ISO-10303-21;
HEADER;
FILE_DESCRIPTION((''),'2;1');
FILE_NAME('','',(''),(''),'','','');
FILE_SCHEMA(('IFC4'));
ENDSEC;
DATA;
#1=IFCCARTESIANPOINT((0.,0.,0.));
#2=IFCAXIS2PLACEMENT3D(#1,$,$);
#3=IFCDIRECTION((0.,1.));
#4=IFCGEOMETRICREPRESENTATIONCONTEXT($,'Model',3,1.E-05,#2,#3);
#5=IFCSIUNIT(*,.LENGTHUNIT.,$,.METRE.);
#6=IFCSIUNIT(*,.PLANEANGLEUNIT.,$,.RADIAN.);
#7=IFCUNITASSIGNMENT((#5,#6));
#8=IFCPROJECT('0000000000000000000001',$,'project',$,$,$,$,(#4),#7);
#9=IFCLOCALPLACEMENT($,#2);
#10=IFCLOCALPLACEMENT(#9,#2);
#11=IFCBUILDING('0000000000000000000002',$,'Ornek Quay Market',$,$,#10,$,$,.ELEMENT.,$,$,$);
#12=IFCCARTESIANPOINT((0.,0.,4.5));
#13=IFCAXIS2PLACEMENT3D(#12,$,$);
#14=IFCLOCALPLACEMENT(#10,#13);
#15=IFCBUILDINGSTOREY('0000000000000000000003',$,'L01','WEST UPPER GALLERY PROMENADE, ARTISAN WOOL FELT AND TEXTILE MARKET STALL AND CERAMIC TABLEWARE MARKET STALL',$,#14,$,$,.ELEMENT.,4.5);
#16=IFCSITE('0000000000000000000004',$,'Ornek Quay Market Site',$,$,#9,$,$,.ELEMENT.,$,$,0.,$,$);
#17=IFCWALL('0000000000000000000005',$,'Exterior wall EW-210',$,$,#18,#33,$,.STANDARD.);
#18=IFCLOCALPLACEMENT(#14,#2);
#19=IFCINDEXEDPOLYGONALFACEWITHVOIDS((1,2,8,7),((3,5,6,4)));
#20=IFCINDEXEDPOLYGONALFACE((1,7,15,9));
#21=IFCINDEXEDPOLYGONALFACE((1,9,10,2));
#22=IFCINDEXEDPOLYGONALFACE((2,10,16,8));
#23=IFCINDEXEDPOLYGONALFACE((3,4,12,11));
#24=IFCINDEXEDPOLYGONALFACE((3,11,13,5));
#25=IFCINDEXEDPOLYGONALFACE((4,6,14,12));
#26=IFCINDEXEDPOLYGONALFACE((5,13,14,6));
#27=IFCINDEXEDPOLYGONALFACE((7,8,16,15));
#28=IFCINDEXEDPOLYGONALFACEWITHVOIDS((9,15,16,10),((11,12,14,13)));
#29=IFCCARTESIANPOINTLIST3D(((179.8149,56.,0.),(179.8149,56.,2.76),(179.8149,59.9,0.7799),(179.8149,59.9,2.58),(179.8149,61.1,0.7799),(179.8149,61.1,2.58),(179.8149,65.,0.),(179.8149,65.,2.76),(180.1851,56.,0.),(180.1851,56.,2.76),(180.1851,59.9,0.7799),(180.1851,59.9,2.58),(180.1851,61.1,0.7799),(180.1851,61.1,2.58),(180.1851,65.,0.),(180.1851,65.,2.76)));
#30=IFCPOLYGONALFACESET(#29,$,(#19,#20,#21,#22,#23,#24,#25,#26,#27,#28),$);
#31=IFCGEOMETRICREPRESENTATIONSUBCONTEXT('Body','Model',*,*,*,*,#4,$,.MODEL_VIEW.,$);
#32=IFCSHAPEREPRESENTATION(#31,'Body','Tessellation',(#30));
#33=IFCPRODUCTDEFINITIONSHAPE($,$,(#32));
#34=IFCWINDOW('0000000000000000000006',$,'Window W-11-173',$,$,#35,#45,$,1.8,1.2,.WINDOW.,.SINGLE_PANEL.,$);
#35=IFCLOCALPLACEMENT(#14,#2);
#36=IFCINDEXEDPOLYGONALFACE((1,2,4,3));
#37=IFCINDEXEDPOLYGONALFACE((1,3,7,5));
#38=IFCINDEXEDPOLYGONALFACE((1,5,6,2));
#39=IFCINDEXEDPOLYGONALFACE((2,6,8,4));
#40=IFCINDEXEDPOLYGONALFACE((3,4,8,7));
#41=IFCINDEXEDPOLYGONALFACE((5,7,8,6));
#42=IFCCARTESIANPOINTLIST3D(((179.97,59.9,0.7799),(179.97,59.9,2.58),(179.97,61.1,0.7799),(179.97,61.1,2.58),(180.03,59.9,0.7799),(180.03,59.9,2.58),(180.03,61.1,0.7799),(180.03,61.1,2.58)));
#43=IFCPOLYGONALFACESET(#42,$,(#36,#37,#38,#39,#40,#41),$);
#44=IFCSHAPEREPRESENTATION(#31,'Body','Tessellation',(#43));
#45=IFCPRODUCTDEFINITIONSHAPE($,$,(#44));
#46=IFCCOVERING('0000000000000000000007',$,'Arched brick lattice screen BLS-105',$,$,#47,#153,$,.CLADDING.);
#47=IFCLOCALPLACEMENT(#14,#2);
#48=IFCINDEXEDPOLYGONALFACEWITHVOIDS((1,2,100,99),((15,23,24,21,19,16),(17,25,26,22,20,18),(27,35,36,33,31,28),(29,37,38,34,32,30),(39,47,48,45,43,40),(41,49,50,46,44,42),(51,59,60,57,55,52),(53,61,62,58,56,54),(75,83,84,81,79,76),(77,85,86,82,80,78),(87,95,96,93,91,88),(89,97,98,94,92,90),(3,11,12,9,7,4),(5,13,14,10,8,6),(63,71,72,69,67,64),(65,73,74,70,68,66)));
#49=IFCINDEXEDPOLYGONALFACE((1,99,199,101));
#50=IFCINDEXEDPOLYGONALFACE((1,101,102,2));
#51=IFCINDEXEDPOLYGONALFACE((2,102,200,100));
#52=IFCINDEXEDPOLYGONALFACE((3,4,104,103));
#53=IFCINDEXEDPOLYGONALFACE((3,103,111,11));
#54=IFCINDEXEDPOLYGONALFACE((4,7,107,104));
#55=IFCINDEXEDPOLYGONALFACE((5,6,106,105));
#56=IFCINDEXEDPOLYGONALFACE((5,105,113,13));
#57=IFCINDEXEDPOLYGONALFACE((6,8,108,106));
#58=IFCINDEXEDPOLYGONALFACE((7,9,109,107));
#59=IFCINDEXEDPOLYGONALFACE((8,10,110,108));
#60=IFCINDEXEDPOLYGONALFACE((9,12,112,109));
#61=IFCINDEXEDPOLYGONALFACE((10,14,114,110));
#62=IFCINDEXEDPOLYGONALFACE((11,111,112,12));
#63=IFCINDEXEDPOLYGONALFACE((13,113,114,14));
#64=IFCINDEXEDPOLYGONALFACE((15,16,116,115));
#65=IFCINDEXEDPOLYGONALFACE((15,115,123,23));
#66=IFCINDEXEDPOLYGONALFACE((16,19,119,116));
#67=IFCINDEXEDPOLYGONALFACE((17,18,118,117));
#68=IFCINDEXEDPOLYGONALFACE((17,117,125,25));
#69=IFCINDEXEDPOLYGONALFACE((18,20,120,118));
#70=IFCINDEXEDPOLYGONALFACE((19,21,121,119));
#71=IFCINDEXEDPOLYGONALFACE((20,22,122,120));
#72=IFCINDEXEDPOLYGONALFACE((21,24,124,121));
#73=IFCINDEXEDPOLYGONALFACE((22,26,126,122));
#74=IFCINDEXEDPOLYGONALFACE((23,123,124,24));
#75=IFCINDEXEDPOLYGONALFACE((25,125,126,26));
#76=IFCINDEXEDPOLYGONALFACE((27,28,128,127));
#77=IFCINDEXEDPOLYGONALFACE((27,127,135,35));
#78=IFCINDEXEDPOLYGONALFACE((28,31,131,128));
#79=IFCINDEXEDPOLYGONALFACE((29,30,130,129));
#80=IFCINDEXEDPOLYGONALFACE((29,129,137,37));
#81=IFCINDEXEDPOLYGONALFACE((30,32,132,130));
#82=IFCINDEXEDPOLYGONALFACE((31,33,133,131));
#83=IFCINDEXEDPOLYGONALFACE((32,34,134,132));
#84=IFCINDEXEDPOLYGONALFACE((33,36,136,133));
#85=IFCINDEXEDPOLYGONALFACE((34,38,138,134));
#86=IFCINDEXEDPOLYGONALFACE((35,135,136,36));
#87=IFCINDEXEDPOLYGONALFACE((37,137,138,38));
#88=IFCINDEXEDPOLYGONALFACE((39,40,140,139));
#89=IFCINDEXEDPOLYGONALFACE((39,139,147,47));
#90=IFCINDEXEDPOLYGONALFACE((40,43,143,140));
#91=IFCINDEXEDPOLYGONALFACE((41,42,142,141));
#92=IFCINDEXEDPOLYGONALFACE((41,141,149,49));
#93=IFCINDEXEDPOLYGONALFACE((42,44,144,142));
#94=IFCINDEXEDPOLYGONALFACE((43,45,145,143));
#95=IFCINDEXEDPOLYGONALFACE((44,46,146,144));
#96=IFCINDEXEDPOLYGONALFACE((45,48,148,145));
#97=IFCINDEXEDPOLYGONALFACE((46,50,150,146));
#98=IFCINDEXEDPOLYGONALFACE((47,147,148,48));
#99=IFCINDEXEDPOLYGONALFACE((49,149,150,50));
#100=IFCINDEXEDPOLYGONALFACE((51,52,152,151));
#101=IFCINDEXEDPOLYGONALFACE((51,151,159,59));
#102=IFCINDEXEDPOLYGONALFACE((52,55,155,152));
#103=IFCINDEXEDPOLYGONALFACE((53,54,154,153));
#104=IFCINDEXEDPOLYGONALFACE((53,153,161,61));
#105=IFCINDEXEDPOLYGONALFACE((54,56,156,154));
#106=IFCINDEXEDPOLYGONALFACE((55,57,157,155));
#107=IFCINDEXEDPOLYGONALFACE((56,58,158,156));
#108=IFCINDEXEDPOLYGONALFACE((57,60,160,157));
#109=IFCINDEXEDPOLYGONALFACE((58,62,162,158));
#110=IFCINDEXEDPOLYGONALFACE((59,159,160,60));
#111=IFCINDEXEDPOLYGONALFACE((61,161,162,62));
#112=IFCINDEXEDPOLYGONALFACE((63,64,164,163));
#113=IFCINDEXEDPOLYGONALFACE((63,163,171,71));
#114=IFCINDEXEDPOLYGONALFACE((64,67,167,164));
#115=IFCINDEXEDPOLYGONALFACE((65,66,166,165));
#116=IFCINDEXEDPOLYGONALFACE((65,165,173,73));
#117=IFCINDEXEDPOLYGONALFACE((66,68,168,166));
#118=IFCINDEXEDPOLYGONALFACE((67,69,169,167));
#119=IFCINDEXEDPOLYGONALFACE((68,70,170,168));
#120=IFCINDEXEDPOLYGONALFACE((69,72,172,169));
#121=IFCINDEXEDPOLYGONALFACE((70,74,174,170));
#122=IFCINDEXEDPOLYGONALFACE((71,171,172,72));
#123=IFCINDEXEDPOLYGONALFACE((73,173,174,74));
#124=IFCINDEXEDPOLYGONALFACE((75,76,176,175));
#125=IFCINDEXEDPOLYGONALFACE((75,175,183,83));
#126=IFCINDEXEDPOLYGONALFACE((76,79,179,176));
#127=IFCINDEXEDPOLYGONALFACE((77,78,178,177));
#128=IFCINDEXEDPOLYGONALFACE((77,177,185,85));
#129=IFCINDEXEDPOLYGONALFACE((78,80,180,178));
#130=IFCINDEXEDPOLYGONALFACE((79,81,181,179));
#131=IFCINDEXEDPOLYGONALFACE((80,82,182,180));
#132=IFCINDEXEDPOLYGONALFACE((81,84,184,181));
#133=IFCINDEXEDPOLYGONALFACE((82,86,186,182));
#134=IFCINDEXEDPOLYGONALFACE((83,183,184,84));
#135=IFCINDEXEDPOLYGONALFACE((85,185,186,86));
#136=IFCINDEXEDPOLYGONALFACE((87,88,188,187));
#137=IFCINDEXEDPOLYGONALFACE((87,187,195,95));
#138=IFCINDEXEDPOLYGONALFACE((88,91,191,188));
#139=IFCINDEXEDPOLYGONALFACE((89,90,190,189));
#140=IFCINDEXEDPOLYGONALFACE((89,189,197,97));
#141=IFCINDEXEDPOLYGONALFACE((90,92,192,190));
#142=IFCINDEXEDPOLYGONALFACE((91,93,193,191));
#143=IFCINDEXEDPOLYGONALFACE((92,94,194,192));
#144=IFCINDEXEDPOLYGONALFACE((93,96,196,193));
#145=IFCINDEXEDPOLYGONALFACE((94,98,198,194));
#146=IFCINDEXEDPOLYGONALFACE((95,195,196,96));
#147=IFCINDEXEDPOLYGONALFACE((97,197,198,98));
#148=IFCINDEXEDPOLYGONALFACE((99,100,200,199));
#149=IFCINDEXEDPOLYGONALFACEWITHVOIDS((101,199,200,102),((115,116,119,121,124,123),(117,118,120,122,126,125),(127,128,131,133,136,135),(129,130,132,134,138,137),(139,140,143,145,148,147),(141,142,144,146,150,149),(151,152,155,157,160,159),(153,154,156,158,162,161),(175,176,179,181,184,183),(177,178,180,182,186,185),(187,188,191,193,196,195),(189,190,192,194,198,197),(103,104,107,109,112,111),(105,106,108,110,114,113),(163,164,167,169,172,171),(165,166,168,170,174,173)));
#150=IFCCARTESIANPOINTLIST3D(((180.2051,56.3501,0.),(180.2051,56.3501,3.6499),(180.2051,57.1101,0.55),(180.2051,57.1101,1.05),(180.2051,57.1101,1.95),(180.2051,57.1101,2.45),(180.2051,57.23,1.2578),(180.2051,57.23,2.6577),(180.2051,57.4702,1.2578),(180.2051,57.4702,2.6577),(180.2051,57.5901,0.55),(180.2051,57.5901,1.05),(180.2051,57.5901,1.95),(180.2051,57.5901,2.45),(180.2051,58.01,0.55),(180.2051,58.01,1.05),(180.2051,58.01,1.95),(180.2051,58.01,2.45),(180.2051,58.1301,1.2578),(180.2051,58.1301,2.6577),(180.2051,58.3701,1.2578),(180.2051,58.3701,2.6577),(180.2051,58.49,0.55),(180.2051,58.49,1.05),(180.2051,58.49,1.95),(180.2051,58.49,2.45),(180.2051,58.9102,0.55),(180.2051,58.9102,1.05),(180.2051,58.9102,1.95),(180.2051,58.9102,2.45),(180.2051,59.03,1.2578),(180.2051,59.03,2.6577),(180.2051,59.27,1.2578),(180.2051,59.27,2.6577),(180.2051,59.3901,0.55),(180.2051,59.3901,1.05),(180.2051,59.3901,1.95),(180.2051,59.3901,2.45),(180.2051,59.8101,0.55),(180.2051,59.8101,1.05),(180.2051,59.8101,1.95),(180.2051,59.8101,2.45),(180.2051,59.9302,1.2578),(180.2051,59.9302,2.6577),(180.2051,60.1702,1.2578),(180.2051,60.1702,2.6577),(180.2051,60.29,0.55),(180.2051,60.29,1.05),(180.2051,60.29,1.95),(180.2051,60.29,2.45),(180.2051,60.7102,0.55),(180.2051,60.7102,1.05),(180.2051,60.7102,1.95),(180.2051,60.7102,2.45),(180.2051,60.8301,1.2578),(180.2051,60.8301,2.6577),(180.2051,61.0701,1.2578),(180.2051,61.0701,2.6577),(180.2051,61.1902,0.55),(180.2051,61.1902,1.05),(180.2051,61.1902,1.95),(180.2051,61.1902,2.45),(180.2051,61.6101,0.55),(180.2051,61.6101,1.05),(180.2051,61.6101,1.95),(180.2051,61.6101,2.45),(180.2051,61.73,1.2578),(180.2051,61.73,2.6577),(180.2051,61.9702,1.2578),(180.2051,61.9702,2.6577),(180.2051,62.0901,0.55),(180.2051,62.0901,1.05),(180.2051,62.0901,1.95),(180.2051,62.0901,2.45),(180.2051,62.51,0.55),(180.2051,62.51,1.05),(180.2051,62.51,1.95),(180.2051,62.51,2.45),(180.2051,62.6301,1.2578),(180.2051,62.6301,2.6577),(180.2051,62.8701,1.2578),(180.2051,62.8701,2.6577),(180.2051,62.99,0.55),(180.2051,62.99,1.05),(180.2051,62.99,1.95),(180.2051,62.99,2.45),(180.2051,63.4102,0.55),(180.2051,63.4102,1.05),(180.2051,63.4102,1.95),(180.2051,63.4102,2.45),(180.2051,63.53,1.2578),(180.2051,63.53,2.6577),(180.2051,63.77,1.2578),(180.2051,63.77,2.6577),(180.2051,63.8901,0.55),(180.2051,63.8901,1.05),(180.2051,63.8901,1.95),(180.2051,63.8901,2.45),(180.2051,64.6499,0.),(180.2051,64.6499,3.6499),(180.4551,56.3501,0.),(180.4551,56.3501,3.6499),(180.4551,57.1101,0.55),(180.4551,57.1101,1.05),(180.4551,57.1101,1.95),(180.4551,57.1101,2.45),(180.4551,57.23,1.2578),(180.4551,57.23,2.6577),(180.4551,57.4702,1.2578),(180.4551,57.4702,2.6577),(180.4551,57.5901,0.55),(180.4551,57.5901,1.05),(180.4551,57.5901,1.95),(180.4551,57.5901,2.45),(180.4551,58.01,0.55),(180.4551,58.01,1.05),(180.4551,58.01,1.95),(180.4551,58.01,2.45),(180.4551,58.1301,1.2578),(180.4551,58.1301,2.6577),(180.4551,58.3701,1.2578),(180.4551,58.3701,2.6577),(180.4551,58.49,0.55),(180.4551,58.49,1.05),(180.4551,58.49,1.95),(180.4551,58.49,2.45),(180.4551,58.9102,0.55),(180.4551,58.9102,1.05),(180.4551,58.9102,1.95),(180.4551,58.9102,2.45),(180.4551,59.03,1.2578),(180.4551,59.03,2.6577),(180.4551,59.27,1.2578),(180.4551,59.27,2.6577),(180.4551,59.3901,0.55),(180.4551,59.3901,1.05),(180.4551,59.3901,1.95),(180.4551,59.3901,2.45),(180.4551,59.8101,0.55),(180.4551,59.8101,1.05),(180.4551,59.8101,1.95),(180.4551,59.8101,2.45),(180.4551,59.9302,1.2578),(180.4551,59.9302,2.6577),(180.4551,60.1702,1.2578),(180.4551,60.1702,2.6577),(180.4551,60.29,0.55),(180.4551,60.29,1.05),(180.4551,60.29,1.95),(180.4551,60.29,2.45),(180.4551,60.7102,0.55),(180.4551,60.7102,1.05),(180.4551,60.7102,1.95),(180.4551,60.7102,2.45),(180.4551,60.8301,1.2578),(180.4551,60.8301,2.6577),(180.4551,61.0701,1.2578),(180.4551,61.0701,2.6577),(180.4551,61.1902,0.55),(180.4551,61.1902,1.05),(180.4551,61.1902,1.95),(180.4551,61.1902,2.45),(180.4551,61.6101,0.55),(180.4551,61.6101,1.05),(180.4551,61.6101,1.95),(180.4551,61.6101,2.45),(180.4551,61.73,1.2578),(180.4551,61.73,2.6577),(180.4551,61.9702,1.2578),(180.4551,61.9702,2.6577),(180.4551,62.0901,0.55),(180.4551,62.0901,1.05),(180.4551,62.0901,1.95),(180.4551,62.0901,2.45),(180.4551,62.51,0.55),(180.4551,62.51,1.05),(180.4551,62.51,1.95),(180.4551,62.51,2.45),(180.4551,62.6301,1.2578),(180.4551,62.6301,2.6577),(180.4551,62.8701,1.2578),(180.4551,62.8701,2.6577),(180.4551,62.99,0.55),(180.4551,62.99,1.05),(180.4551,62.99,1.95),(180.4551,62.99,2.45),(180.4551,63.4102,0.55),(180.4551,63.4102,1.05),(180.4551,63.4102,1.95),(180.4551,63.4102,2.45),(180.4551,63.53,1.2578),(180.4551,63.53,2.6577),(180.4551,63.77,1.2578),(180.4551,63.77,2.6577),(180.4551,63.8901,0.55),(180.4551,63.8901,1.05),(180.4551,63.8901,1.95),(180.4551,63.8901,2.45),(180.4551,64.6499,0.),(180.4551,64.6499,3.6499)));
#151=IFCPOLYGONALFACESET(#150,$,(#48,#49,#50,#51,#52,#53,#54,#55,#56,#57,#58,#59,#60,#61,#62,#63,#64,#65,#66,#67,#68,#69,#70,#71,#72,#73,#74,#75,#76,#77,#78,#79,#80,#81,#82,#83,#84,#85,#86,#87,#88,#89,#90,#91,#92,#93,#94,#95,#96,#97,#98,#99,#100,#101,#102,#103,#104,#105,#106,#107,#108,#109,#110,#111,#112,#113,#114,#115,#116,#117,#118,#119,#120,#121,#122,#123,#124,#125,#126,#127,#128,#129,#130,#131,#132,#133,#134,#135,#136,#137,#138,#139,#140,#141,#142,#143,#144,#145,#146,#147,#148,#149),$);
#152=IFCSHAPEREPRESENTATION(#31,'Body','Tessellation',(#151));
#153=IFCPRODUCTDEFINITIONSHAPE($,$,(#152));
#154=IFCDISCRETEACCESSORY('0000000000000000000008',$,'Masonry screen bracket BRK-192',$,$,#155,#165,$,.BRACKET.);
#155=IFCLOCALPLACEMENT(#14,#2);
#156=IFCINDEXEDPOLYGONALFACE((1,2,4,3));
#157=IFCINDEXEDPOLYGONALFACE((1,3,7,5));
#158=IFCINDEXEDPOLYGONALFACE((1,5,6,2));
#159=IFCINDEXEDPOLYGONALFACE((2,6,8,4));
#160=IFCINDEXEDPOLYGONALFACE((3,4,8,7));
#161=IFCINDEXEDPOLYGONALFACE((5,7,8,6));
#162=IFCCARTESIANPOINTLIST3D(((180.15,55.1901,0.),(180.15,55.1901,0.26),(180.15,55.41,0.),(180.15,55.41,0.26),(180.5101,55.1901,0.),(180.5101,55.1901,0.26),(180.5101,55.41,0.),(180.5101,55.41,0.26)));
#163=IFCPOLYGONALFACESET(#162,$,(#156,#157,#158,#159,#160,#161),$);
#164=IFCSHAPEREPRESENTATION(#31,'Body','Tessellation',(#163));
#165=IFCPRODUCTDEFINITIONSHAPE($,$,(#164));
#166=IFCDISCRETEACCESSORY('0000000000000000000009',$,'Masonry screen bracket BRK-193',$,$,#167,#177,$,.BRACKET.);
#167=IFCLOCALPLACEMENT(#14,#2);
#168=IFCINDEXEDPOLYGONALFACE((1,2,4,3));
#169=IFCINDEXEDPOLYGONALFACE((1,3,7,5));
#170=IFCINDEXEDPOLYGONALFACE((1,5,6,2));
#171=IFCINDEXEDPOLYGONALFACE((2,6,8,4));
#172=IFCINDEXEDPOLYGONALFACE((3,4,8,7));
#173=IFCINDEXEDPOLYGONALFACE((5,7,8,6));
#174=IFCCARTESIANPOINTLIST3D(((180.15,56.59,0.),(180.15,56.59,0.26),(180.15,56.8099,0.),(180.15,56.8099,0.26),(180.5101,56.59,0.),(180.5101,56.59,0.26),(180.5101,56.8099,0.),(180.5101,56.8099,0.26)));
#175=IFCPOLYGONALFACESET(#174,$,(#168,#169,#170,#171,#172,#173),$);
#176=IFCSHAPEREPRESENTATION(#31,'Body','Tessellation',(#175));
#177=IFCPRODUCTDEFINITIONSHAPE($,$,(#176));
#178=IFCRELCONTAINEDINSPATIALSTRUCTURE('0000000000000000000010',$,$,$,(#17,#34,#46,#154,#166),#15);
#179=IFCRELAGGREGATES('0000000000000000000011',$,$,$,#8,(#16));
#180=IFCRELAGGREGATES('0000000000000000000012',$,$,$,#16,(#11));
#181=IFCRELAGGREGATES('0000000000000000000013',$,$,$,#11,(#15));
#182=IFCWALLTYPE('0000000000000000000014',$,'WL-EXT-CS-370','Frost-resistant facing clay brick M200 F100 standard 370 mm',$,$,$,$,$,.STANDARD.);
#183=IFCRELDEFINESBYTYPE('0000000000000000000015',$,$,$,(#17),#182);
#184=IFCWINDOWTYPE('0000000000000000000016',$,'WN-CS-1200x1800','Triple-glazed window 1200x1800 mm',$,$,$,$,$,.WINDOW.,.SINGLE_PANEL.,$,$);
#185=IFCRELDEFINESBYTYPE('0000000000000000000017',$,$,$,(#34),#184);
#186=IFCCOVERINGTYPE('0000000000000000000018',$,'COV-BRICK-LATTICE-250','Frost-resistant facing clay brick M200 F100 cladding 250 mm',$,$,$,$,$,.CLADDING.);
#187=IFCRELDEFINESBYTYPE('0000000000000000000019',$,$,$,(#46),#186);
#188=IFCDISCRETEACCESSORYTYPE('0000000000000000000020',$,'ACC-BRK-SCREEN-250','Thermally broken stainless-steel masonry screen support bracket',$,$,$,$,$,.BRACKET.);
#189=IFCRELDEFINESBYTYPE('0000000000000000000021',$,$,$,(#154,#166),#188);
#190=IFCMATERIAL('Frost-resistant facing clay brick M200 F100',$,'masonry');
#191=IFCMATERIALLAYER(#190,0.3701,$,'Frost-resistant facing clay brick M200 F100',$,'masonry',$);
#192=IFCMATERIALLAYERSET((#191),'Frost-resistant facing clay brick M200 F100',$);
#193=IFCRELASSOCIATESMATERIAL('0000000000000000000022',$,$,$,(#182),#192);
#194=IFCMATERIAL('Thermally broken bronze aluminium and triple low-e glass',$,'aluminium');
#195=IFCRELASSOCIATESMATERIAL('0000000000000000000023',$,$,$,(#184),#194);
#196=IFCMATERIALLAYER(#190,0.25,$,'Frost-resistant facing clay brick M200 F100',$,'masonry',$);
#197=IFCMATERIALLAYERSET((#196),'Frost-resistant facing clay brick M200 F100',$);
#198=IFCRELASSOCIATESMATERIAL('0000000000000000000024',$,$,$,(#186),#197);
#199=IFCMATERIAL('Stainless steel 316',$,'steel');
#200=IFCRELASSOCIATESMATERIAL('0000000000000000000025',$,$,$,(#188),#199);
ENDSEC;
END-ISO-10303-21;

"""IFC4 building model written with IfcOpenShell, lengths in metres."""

from ifc_helpers import new_model, si_unit, direction, frame, frame_2d, origin, origin_2d, place, context, subcontext, project, spatial, polyline, rectangle, outline, extrude, material, layer, layer_set, type_object, element, fill, save


model = new_model("IFC4")

# Units and contexts
model_context = context("Model", 3, precision=1e-05, world=origin(), true_north=direction((0.0, 1.0)))
body_context = subcontext(model_context, "Body", "Model", "MODEL_VIEW")
ifc_project = project(units=[si_unit("LENGTHUNIT", "METRE"), si_unit("PLANEANGLEUNIT", "RADIAN")], contexts=[model_context])

# Site, building, storey
site_placement = place(None, origin())
site = spatial("IfcSite", under=ifc_project, at=site_placement, Name="Ornek Quay Market Site", CompositionType="ELEMENT", RefElevation=0.0)
building_placement = place(site_placement, origin())
building = spatial("IfcBuilding", under=site, at=building_placement, Name="Ornek Quay Market", CompositionType="ELEMENT")
storey_placement = place(building_placement, frame((0.0, 0.0, 4.5)))
storey = spatial("IfcBuildingStorey", under=building, at=storey_placement, Name="L01", Description="WEST UPPER GALLERY PROMENADE, ARTISAN WOOL FELT AND TEXTILE MARKET STALL AND CERAMIC TABLEWARE MARKET STALL", CompositionType="ELEMENT", Elevation=4.5)

# Wall, opening, window
ifc_material_1 = material(Name="Frost-resistant facing clay brick M200 F100", Category="masonry")
ifc_layer_1 = layer(ifc_material_1, 0.3701, Name="Frost-resistant facing clay brick M200 F100", Category="masonry")
ifc_layer_set_1 = layer_set([ifc_layer_1], Name="Frost-resistant facing clay brick M200 F100")
wall_type = type_object("IfcWallType", Name="WL-EXT-CS-370", Description="Frost-resistant facing clay brick M200 F100 standard 370 mm", PredefinedType="STANDARD", material=ifc_layer_set_1)
wall_placement = place(storey_placement, frame((180.0, 56.0, 0.0), z_axis=(0.0, 0.0, 1.0), x_axis=(0.0, 1.0, 0.0)))
wall = element("IfcWall", 1, at=wall_placement, inside=storey, type_object=wall_type, Name="Exterior wall EW-210", PredefinedType="STANDARD", context=body_context, shape_type="SweptSolid", body=[
    extrude(rectangle(XDim=9.0, YDim=0.3701, at=frame_2d((4.5, 0.0))), origin(), (0.0, 0.0, 1.0), 2.76),
])
opening_placement = place(wall_placement, frame((3.8999, 0.0, 0.78)))
opening = element("IfcOpeningElement", 2, at=opening_placement, cuts=wall, PredefinedType="OPENING", context=body_context, shape_type="SweptSolid", body=[
    extrude(rectangle(XDim=1.2, YDim=1.8, at=frame_2d((0.6001, 0.8999))), frame((0.0, 0.1951, 0.0), z_axis=(0.0, -1.0, 0.0), x_axis=(1.0, 0.0, 0.0)), (0.0, 0.0, 1.0), 0.3901),
])
ifc_material_2 = material(Name="Thermally broken bronze aluminium and triple low-e glass", Category="aluminium")
window_type = type_object("IfcWindowType", Name="WN-CS-1200x1800", Description="Triple-glazed window 1200x1800 mm", PartitioningType="SINGLE_PANEL", PredefinedType="WINDOW", material=ifc_material_2)
window_placement = place(opening_placement, origin())
window = element("IfcWindow", 3, at=window_placement, inside=storey, type_object=window_type, Name="Window W-11-173", OverallHeight=1.8, OverallWidth=1.2, PartitioningType="SINGLE_PANEL", PredefinedType="WINDOW", context=body_context, shape_type="SweptSolid", body=[
    extrude(rectangle(XDim=1.2, YDim=1.8, at=frame_2d((0.6001, 0.8999))), frame((0.0, 0.03, 0.0), z_axis=(0.0, -1.0, 0.0), x_axis=(1.0, 0.0, 0.0)), (0.0, 0.0, 1.0), 0.0601),
])
fill(opening, window)

# Covering
ifc_layer_2 = layer(ifc_material_1, 0.25, Name="Frost-resistant facing clay brick M200 F100", Category="masonry")
ifc_layer_set_2 = layer_set([ifc_layer_2], Name="Frost-resistant facing clay brick M200 F100")
covering_type = type_object("IfcCoveringType", Name="COV-BRICK-LATTICE-250", Description="Frost-resistant facing clay brick M200 F100 cladding 250 mm", PredefinedType="CLADDING", material=ifc_layer_set_2)
covering_placement = place(storey_placement, frame((180.3301, 56.3501, 0.0), z_axis=(0.0, 0.0, 1.0), x_axis=(0.0, 1.0, 0.0)))
element("IfcCovering", 4, at=covering_placement, inside=storey, type_object=covering_type, Name="Arched brick lattice screen BLS-105", PredefinedType="CLADDING", context=body_context, shape_type="SweptSolid", body=[
    extrude(outline(polyline([(0.0, 0.0), (8.2998, 0.0), (8.2998, 3.6499), (0.0, 3.6499), (0.0, 0.0)]), holes=[polyline([(0.76, 0.55), (1.24, 0.55), (1.24, 1.05), (1.1201, 1.2578), (0.8799, 1.2578), (0.76, 1.05), (0.76, 0.55)]), polyline([(0.76, 1.95), (1.24, 1.95), (1.24, 2.45), (1.1201, 2.6577), (0.8799, 2.6577), (0.76, 2.45), (0.76, 1.95)]), polyline([(1.6599, 0.55), (2.1399, 0.55), (2.1399, 1.05), (2.02, 1.2578), (1.78, 1.2578), (1.6599, 1.05), (1.6599, 0.55)]), polyline([(1.6599, 1.95), (2.1399, 1.95), (2.1399, 2.45), (2.02, 2.6577), (1.78, 2.6577), (1.6599, 2.45), (1.6599, 1.95)]), polyline([(2.5601, 0.55), (3.04, 0.55), (3.04, 1.05), (2.9199, 1.2578), (2.6799, 1.2578), (2.5601, 1.05), (2.5601, 0.55)]), polyline([(2.5601, 1.95), (3.04, 1.95), (3.04, 2.45), (2.9199, 2.6577), (2.6799, 2.6577), (2.5601, 2.45), (2.5601, 1.95)]), polyline([(3.46, 0.55), (3.9399, 0.55), (3.9399, 1.05), (3.8201, 1.2578), (3.5801, 1.2578), (3.46, 1.05), (3.46, 0.55)]), polyline([(3.46, 1.95), (3.9399, 1.95), (3.9399, 2.45), (3.8201, 2.6577), (3.5801, 2.6577), (3.46, 2.45), (3.46, 1.95)]), polyline([(4.3601, 0.55), (4.8401, 0.55), (4.8401, 1.05), (4.72, 1.2578), (4.48, 1.2578), (4.3601, 1.05), (4.3601, 0.55)]), polyline([(4.3601, 1.95), (4.8401, 1.95), (4.8401, 2.45), (4.72, 2.6577), (4.48, 2.6577), (4.3601, 2.45), (4.3601, 1.95)]), polyline([(5.26, 0.55), (5.74, 0.55), (5.74, 1.05), (5.6201, 1.2578), (5.3799, 1.2578), (5.26, 1.05), (5.26, 0.55)]), polyline([(5.26, 1.95), (5.74, 1.95), (5.74, 2.45), (5.6201, 2.6577), (5.3799, 2.6577), (5.26, 2.45), (5.26, 1.95)]), polyline([(6.1599, 0.55), (6.6399, 0.55), (6.6399, 1.05), (6.52, 1.2578), (6.28, 1.2578), (6.1599, 1.05), (6.1599, 0.55)]), polyline([(6.1599, 1.95), (6.6399, 1.95), (6.6399, 2.45), (6.52, 2.6577), (6.28, 2.6577), (6.1599, 2.45), (6.1599, 1.95)]), polyline([(7.0601, 0.55), (7.54, 0.55), (7.54, 1.05), (7.4199, 1.2578), (7.1799, 1.2578), (7.0601, 1.05), (7.0601, 0.55)]), polyline([(7.0601, 1.95), (7.54, 1.95), (7.54, 2.45), (7.4199, 2.6577), (7.1799, 2.6577), (7.0601, 2.45), (7.0601, 1.95)])]), frame((0.0, 0.125, 0.0), z_axis=(0.0, -1.0, 0.0), x_axis=(1.0, 0.0, 0.0)), (0.0, 0.0, 1.0), 0.25),
])

# Discrete accessories
ifc_material_3 = material(Name="Stainless steel 316", Category="steel")
discrete_accessory_type = type_object("IfcDiscreteAccessoryType", Name="ACC-BRK-SCREEN-250", Description="Thermally broken stainless-steel masonry screen support bracket", PredefinedType="BRACKET", material=ifc_material_3)
for number, where, z_axis, x_axis, name in (
    (5, (180.3301, 55.3, 0.0), (0.0, 0.0, 1.0), (0.0, 1.0, 0.0), "Masonry screen bracket BRK-192"),
    (6, (180.3301, 56.7, 0.0), (0.0, 0.0, 1.0), (0.0, 1.0, 0.0), "Masonry screen bracket BRK-193"),
):
    element("IfcDiscreteAccessory", number, at=place(storey_placement, frame(where, z_axis=z_axis, x_axis=x_axis)), inside=storey, type_object=discrete_accessory_type, Name=name, PredefinedType="BRACKET", context=body_context, shape_type="SweptSolid", body=[
        extrude(rectangle(XDim=0.22, YDim=0.3601, at=origin_2d()), origin(), (0.0, 0.0, 1.0), 0.26),
    ])

save(model, "model.ifc")
